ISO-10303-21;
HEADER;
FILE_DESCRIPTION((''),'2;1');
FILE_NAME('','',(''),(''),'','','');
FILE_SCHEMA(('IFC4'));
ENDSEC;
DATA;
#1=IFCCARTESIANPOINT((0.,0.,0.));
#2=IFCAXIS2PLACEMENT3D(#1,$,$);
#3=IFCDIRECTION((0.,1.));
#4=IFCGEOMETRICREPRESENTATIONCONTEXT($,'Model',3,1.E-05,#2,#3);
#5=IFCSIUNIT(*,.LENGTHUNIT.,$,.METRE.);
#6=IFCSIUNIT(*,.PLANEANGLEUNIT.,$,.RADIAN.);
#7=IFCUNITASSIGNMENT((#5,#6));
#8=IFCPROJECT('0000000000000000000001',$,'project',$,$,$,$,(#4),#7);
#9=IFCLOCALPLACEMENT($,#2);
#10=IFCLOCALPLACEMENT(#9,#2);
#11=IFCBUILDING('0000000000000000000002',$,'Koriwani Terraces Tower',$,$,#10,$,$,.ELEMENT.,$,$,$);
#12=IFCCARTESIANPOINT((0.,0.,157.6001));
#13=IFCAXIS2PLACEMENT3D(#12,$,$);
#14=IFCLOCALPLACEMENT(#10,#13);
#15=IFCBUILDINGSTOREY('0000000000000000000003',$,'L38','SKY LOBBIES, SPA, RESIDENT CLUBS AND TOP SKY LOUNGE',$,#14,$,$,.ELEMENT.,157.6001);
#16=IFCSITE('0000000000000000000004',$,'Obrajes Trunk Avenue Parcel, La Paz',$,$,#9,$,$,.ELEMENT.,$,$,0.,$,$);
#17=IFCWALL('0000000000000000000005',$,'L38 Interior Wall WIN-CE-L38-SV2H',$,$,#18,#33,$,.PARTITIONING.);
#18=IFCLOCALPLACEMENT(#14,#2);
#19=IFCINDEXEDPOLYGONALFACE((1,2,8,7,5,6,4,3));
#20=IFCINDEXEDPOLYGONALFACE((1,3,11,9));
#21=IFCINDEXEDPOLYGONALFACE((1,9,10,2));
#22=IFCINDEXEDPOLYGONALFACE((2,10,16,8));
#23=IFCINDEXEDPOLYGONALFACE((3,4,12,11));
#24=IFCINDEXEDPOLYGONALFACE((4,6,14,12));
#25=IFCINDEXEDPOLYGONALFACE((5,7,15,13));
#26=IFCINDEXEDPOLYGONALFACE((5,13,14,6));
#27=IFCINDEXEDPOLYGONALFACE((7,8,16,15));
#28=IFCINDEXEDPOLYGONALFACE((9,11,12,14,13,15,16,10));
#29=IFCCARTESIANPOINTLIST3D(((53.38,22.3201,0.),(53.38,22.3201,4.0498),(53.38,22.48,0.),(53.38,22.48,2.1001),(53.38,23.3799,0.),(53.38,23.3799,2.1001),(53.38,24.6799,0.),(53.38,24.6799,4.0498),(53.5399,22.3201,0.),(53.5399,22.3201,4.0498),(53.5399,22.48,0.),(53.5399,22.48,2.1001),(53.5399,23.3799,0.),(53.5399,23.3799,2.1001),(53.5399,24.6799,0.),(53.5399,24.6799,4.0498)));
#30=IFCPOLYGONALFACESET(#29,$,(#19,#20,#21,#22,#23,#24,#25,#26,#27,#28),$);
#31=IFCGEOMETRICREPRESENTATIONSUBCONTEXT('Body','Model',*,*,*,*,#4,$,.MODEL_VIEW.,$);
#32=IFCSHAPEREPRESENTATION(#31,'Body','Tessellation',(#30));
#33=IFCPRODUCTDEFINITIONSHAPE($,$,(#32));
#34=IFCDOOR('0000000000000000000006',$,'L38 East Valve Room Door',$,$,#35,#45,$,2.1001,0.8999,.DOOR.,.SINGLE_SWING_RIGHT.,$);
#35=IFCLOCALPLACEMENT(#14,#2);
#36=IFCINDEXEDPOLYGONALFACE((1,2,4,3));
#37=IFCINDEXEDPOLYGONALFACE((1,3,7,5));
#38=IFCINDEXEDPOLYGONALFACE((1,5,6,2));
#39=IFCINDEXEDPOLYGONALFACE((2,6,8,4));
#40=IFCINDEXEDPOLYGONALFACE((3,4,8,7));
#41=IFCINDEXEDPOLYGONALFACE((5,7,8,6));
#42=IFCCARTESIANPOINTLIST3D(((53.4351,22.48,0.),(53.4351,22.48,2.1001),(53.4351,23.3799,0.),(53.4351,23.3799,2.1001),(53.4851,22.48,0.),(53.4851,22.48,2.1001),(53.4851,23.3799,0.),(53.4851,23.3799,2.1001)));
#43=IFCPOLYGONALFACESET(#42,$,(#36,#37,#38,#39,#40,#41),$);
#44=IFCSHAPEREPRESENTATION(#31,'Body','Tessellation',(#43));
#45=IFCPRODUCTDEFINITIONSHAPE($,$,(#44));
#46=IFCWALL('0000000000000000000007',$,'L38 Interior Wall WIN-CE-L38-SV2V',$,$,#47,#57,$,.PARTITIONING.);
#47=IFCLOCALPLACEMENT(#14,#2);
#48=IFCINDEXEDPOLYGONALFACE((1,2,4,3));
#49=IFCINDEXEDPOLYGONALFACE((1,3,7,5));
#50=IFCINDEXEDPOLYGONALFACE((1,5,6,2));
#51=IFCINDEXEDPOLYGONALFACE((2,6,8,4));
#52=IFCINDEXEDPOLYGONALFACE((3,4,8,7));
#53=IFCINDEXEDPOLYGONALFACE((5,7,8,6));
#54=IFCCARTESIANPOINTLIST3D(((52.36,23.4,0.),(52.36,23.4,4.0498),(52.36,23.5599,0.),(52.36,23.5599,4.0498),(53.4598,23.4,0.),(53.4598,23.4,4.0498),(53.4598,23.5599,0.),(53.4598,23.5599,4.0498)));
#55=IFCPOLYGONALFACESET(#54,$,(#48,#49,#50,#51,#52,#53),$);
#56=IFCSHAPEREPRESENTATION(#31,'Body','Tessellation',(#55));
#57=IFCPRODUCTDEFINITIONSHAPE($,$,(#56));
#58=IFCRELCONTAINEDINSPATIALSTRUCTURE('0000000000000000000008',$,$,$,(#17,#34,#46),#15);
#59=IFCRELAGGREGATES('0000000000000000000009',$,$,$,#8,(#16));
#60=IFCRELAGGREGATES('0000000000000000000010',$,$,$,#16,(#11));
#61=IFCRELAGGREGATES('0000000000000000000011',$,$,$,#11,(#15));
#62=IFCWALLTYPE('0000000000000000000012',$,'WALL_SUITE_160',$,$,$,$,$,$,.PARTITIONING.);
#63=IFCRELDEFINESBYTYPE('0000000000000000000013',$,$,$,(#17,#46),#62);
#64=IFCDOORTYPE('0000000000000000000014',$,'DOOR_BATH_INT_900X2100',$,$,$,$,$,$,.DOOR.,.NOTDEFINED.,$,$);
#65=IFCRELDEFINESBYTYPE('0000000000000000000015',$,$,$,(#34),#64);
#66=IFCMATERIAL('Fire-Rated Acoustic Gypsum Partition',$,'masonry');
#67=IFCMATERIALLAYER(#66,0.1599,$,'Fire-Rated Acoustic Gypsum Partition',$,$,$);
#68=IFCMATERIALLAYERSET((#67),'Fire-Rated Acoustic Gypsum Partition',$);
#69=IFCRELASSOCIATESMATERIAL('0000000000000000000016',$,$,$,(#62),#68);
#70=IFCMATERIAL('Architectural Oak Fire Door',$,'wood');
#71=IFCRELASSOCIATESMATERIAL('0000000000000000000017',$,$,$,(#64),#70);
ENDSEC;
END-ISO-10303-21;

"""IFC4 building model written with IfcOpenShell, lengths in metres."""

from ifc_helpers import new_model, si_unit, direction, frame, frame_2d, origin, place, context, subcontext, project, spatial, rectangle, extrude, material, layer, layer_set, type_object, element, fill, save


model = new_model("IFC4")

# Units and contexts
model_context = context("Model", 3, precision=1e-05, world=origin(), true_north=direction((0.0, 1.0)))
body_context = subcontext(model_context, "Body", "Model", "MODEL_VIEW")
ifc_project = project(units=[si_unit("LENGTHUNIT", "METRE"), si_unit("PLANEANGLEUNIT", "RADIAN")], contexts=[model_context])

# Site, building, storey
site_placement = place(None, origin())
site = spatial("IfcSite", under=ifc_project, at=site_placement, Name="Obrajes Trunk Avenue Parcel, La Paz", CompositionType="ELEMENT", RefElevation=0.0)
building_placement = place(site_placement, origin())
building = spatial("IfcBuilding", under=site, at=building_placement, Name="Koriwani Terraces Tower", CompositionType="ELEMENT")
storey_placement = place(building_placement, frame((0.0, 0.0, 157.6001)))
storey = spatial("IfcBuildingStorey", under=building, at=storey_placement, Name="L38", Description="SKY LOBBIES, SPA, RESIDENT CLUBS AND TOP SKY LOUNGE", CompositionType="ELEMENT", Elevation=157.6001)

# Wall, opening, door
ifc_material_1 = material(Name="Fire-Rated Acoustic Gypsum Partition", Category="masonry")
ifc_layer_1 = layer(ifc_material_1, 0.1599, Name="Fire-Rated Acoustic Gypsum Partition")
ifc_layer_set_1 = layer_set([ifc_layer_1], Name="Fire-Rated Acoustic Gypsum Partition")
wall_type_1 = type_object("IfcWallType", Name="WALL_SUITE_160", PredefinedType="PARTITIONING", material=ifc_layer_set_1)
ifc_material_2 = material(Name="Architectural Oak Fire Door", Category="wood")
door_type_1 = type_object("IfcDoorType", Name="DOOR_BATH_INT_900X2100", OperationType="NOTDEFINED", PredefinedType="DOOR", material=ifc_material_2)
wall_1_placement = place(storey_placement, frame((53.46, 22.3201, 0.0), z_axis=(0.0, 0.0, 1.0), x_axis=(0.0, 1.0, 0.0)))
wall_1 = element("IfcWall", 1, at=wall_1_placement, inside=storey, type_object=wall_type_1, Name="L38 Interior Wall WIN-CE-L38-SV2H", PredefinedType="PARTITIONING", context=body_context, shape_type="SweptSolid", body=[
    extrude(rectangle(XDim=2.3599, YDim=0.1599, at=frame_2d((1.1799, 0.0))), origin(), (0.0, 0.0, 1.0), 4.0498),
])
opening_1_placement = place(wall_1_placement, frame((0.1599, 0.0, 0.0)))
opening_1 = element("IfcOpeningElement", 2, at=opening_1_placement, cuts=wall_1, PredefinedType="OPENING", context=body_context, shape_type="SweptSolid", body=[
    extrude(rectangle(XDim=0.8999, YDim=2.1001, at=frame_2d((0.45, 1.05))), frame((0.0, 0.0898, 0.0), z_axis=(0.0, -1.0, 0.0), x_axis=(1.0, 0.0, 0.0)), (0.0, 0.0, 1.0), 0.1799),
])
door_1_placement = place(opening_1_placement, origin())
door_1 = element("IfcDoor", 3, at=door_1_placement, inside=storey, type_object=door_type_1, Name="L38 East Valve Room Door", OperationType="SINGLE_SWING_RIGHT", OverallHeight=2.1001, OverallWidth=0.8999, PredefinedType="DOOR", context=body_context, shape_type="SweptSolid", body=[
    extrude(rectangle(XDim=0.8999, YDim=2.1001, at=frame_2d((0.45, 1.05))), frame((0.0, 0.0249, 0.0), z_axis=(0.0, -1.0, 0.0), x_axis=(1.0, 0.0, 0.0)), (0.0, 0.0, 1.0), 0.05),
])
fill(opening_1, door_1)

# Wall
wall_2_placement = place(storey_placement, frame((52.3601, 23.48, 0.0), z_axis=(0.0, 0.0, 1.0), x_axis=(1.0, 0.0, 0.0)))
element("IfcWall", 4, at=wall_2_placement, inside=storey, type_object=wall_type_1, Name="L38 Interior Wall WIN-CE-L38-SV2V", PredefinedType="PARTITIONING", context=body_context, shape_type="SweptSolid", body=[
    extrude(rectangle(XDim=1.0999, YDim=0.1599, at=frame_2d((0.5498, 0.0))), origin(), (0.0, 0.0, 1.0), 4.0498),
])

save(model, "model.ifc")
